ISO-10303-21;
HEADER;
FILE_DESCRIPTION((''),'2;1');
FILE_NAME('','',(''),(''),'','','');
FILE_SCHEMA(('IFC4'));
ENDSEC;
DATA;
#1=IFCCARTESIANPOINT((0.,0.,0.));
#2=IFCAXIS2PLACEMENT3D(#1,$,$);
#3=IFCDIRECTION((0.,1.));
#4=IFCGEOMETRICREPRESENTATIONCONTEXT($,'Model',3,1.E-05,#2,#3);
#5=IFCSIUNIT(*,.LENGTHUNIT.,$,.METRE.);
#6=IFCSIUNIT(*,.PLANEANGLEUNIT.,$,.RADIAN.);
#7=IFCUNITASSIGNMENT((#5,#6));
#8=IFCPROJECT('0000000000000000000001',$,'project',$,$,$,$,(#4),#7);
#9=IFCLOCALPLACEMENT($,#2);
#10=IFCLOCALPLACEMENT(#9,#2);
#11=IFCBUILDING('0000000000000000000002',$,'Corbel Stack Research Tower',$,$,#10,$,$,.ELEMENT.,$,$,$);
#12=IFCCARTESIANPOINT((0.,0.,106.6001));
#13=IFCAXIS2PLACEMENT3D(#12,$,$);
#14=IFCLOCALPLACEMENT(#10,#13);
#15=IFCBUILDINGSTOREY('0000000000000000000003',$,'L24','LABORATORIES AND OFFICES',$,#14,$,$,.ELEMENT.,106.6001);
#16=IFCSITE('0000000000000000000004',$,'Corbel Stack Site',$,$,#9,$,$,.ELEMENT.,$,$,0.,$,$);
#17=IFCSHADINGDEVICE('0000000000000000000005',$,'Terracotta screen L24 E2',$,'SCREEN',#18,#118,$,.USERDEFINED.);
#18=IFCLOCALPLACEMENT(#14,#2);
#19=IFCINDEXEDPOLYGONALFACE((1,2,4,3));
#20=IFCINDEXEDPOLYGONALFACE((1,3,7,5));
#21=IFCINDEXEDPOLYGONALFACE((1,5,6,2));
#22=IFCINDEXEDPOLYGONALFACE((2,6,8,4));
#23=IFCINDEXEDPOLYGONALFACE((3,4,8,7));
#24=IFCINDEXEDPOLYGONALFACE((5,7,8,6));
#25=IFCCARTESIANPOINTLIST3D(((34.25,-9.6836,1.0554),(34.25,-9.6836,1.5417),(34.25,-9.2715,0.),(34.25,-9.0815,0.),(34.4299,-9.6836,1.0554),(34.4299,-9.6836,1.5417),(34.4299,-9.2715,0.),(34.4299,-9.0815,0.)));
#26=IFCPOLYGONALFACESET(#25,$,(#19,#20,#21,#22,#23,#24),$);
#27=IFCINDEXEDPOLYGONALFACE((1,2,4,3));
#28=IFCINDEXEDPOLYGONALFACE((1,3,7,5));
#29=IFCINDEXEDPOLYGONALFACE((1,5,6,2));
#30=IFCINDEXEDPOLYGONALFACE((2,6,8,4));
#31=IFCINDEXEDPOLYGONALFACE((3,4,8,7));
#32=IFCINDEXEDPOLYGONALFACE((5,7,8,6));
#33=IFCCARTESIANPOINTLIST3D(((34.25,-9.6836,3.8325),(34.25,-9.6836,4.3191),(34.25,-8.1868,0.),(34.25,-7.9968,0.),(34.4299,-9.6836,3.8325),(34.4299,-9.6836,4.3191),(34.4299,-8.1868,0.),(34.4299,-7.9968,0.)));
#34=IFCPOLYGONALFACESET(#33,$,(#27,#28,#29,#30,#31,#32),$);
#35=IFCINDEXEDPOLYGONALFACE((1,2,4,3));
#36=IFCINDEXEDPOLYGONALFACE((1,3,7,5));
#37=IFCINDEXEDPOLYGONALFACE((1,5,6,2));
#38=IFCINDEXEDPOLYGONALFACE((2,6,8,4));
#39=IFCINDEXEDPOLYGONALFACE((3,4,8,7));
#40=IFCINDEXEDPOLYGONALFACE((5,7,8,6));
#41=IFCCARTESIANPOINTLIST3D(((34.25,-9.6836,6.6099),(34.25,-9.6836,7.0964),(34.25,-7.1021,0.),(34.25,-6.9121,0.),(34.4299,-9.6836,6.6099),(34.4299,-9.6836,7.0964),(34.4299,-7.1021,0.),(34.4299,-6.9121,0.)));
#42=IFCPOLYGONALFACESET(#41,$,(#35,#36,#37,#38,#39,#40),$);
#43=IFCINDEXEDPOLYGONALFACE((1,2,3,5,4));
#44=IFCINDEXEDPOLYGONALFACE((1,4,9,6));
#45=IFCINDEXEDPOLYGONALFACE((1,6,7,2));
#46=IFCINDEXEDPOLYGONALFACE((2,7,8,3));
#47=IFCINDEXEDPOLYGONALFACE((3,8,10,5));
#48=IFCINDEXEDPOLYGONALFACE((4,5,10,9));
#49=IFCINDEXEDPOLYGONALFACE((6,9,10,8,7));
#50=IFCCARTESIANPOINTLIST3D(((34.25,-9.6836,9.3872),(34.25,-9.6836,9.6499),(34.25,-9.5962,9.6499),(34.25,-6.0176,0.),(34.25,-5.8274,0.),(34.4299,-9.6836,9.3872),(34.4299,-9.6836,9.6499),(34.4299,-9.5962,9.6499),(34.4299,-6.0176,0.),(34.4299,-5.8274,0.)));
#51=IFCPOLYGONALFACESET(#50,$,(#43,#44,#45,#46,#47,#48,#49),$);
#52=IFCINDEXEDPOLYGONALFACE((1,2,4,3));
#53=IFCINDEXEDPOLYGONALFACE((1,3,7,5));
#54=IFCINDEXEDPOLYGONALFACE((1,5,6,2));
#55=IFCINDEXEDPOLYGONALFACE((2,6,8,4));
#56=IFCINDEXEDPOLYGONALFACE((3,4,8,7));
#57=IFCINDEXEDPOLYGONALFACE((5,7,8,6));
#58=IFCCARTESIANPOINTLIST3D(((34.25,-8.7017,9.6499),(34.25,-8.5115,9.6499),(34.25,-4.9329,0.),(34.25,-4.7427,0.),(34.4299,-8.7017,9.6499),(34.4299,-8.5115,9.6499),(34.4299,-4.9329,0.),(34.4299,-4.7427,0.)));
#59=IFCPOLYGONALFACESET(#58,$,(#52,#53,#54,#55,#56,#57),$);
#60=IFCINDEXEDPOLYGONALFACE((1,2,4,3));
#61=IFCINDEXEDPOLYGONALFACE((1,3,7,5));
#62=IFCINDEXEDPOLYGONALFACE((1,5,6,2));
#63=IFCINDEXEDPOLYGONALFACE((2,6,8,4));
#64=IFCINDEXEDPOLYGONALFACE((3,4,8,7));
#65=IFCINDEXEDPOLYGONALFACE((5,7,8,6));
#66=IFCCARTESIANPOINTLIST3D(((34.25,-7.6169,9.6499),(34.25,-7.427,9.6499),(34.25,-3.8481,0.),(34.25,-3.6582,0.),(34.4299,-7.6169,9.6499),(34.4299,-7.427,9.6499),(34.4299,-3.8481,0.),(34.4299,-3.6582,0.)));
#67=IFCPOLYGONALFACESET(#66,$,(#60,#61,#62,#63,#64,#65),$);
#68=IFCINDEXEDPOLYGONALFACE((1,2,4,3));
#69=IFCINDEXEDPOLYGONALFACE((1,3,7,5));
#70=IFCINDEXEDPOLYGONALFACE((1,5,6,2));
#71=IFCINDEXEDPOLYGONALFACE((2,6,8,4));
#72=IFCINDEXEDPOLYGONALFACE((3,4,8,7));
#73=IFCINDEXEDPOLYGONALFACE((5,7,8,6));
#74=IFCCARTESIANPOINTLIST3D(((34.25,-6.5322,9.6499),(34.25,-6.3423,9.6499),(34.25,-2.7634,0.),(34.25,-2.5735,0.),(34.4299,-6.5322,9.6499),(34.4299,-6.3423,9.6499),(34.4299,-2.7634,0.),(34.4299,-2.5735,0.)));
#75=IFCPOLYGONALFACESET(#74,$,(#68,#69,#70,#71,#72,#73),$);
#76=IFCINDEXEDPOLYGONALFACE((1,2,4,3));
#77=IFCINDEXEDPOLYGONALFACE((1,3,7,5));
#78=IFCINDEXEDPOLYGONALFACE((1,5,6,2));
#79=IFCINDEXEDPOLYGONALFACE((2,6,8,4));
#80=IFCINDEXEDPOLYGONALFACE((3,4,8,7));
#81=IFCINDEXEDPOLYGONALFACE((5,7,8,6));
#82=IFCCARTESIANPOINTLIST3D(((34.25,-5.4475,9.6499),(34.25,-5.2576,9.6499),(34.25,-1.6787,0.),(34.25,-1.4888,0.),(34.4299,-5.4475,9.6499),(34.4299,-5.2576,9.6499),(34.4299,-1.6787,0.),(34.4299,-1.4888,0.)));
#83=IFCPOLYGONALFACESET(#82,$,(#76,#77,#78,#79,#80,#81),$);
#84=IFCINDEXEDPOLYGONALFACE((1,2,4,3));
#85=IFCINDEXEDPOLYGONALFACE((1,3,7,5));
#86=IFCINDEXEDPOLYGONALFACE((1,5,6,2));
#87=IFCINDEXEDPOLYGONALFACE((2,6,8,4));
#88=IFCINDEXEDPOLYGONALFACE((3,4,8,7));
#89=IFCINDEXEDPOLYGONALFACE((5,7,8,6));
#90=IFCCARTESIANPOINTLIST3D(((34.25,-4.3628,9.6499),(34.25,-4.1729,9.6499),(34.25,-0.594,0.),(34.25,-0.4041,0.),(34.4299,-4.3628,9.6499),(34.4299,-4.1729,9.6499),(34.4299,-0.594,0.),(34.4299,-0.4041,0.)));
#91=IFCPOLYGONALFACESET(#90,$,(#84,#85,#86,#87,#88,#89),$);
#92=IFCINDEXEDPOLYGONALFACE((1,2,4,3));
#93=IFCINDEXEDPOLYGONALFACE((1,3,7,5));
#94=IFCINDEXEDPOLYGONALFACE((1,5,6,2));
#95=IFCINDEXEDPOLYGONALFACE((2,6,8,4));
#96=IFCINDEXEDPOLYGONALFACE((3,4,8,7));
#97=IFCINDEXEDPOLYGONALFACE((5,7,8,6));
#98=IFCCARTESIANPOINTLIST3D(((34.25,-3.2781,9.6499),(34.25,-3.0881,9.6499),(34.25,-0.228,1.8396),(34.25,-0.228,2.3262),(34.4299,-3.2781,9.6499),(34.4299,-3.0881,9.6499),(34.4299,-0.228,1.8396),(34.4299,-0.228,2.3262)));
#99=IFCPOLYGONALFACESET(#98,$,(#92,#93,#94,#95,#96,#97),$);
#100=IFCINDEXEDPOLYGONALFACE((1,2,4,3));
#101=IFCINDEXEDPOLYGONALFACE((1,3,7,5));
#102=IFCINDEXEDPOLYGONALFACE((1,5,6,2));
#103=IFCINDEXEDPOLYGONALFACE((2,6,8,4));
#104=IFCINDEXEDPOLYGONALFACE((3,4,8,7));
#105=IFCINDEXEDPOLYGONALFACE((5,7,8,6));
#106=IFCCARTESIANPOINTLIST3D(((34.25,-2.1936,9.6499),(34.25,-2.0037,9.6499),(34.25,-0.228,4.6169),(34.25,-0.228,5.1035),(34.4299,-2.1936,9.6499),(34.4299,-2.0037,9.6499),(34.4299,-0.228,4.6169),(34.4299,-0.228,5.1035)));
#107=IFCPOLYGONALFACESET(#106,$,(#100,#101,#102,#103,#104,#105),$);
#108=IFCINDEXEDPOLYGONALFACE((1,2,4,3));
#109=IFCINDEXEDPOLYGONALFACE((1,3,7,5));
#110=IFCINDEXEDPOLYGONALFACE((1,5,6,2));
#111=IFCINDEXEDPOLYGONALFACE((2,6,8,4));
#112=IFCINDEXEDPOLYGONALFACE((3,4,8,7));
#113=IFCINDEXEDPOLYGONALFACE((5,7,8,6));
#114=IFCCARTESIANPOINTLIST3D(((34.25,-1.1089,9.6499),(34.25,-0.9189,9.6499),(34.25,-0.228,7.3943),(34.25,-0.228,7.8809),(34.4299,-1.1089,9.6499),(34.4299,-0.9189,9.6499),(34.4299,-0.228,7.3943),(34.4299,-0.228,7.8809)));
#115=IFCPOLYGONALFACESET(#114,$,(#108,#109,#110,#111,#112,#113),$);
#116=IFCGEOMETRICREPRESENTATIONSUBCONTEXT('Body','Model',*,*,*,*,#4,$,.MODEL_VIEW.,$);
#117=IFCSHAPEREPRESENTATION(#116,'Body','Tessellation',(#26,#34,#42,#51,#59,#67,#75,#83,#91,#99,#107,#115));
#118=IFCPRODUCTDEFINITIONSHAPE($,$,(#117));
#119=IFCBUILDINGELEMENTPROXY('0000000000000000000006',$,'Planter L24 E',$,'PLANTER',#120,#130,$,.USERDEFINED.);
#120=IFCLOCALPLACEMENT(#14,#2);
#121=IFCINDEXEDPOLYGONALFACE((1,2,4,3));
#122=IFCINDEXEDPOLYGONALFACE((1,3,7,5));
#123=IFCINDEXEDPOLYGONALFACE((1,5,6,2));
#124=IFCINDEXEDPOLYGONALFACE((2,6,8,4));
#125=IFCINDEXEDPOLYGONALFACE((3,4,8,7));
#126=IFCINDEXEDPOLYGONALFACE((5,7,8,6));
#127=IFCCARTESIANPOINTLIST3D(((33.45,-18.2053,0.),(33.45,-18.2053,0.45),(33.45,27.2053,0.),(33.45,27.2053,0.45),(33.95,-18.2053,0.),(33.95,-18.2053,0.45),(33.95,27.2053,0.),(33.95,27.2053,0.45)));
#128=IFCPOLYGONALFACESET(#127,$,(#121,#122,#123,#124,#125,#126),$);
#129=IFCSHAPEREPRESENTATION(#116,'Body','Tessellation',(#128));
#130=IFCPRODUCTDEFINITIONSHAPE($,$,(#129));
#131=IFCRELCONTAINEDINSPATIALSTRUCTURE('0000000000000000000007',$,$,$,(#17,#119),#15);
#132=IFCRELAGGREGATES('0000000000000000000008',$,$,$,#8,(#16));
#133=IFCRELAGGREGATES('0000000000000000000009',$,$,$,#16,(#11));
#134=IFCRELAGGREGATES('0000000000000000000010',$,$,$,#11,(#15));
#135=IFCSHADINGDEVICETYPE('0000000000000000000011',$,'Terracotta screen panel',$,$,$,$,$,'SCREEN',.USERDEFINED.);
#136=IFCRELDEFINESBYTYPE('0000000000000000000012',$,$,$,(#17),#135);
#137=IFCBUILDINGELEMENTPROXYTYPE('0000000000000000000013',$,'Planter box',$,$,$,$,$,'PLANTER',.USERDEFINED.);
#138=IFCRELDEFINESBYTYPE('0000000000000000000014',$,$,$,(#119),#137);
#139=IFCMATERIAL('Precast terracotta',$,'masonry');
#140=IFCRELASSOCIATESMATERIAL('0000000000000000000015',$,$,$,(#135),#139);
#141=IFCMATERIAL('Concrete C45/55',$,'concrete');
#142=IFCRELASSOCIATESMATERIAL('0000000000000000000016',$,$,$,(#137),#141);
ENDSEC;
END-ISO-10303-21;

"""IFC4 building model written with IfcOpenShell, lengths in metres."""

from ifc_helpers import new_model, si_unit, direction, frame, origin, origin_2d, place, context, subcontext, project, spatial, polyline, rectangle, outline, extrude, source, transform, mapped, material, type_object, element, save


model = new_model("IFC4")

# Units and contexts
model_context = context("Model", 3, precision=1e-05, world=origin(), true_north=direction((0.0, 1.0)))
body_context = subcontext(model_context, "Body", "Model", "MODEL_VIEW")
ifc_project = project(units=[si_unit("LENGTHUNIT", "METRE"), si_unit("PLANEANGLEUNIT", "RADIAN")], contexts=[model_context])

# Site, building, storey
site_placement = place(None, origin())
site = spatial("IfcSite", under=ifc_project, at=site_placement, Name="Corbel Stack Site", CompositionType="ELEMENT", RefElevation=0.0)
building_placement = place(site_placement, origin())
building = spatial("IfcBuilding", under=site, at=building_placement, Name="Corbel Stack Research Tower", CompositionType="ELEMENT")
storey_placement = place(building_placement, frame((0.0, 0.0, 106.6001)))
storey = spatial("IfcBuildingStorey", under=building, at=storey_placement, Name="L24", Description="LABORATORIES AND OFFICES", CompositionType="ELEMENT", Elevation=106.6001)

# Shading device
ifc_material_1 = material(Name="Precast terracotta", Category="masonry")
shading_device_type = type_object("IfcShadingDeviceType", Name="Terracotta screen panel", ElementType="SCREEN", PredefinedType="USERDEFINED", material=ifc_material_1)
shared_shape_1 = source(origin(), body_context, "Body", "SweptSolid", [
    extrude(outline(polyline([(0.6021, 0.0), (0.0, 1.5417), (0.0, 1.0554), (0.4121, 0.0), (0.6021, 0.0)])), frame((0.0, 0.0, 0.0), z_axis=(0.0, -1.0, 0.0), x_axis=(1.0, 0.0, 0.0)), (0.0, 0.0, 1.0), 0.1799),
    extrude(outline(polyline([(1.6868, 0.0), (0.0, 4.3191), (0.0, 3.8325), (1.4968, 0.0), (1.6868, 0.0)])), frame((0.0, 0.0, 0.0), z_axis=(0.0, -1.0, 0.0), x_axis=(1.0, 0.0, 0.0)), (0.0, 0.0, 1.0), 0.1799),
    extrude(outline(polyline([(2.7715, 0.0), (0.0, 7.0964), (0.0, 6.6099), (2.5815, 0.0), (2.7715, 0.0)])), frame((0.0, 0.0, 0.0), z_axis=(0.0, -1.0, 0.0), x_axis=(1.0, 0.0, 0.0)), (0.0, 0.0, 1.0), 0.1799),
    extrude(outline(polyline([(3.8562, 0.0), (0.0874, 9.6499), (0.0, 9.6499), (0.0, 9.3872), (3.666, 0.0), (3.8562, 0.0)])), frame((0.0, 0.0, 0.0), z_axis=(0.0, -1.0, 0.0), x_axis=(1.0, 0.0, 0.0)), (0.0, 0.0, 1.0), 0.1799),
    extrude(outline(polyline([(4.9409, 0.0), (1.1721, 9.6499), (0.9819, 9.6499), (4.7507, 0.0), (4.9409, 0.0)])), frame((0.0, 0.0, 0.0), z_axis=(0.0, -1.0, 0.0), x_axis=(1.0, 0.0, 0.0)), (0.0, 0.0, 1.0), 0.1799),
    extrude(outline(polyline([(6.0254, 0.0), (2.2566, 9.6499), (2.0667, 9.6499), (5.8354, 0.0), (6.0254, 0.0)])), frame((0.0, 0.0, 0.0), z_axis=(0.0, -1.0, 0.0), x_axis=(1.0, 0.0, 0.0)), (0.0, 0.0, 1.0), 0.1799),
    extrude(outline(polyline([(7.1101, 0.0), (3.3413, 9.6499), (3.1514, 9.6499), (6.9202, 0.0), (7.1101, 0.0)])), frame((0.0, 0.0, 0.0), z_axis=(0.0, -1.0, 0.0), x_axis=(1.0, 0.0, 0.0)), (0.0, 0.0, 1.0), 0.1799),
    extrude(outline(polyline([(8.1948, 0.0), (4.426, 9.6499), (4.2361, 9.6499), (8.0049, 0.0), (8.1948, 0.0)])), frame((0.0, 0.0, 0.0), z_axis=(0.0, -1.0, 0.0), x_axis=(1.0, 0.0, 0.0)), (0.0, 0.0, 1.0), 0.1799),
    extrude(outline(polyline([(9.2795, 0.0), (5.5107, 9.6499), (5.3208, 9.6499), (9.0896, 0.0), (9.2795, 0.0)])), frame((0.0, 0.0, 0.0), z_axis=(0.0, -1.0, 0.0), x_axis=(1.0, 0.0, 0.0)), (0.0, 0.0, 1.0), 0.1799),
    extrude(outline(polyline([(6.5955, 9.6499), (6.4055, 9.6499), (9.4556, 1.8396), (9.4556, 2.3262), (6.5955, 9.6499)])), frame((0.0, 0.0, 0.0), z_axis=(0.0, -1.0, 0.0), x_axis=(1.0, 0.0, 0.0)), (0.0, 0.0, 1.0), 0.1799),
    extrude(outline(polyline([(7.6799, 9.6499), (7.49, 9.6499), (9.4556, 4.6169), (9.4556, 5.1035), (7.6799, 9.6499)])), frame((0.0, 0.0, 0.0), z_axis=(0.0, -1.0, 0.0), x_axis=(1.0, 0.0, 0.0)), (0.0, 0.0, 1.0), 0.1799),
    extrude(outline(polyline([(8.7646, 9.6499), (8.5747, 9.6499), (9.4556, 7.3943), (9.4556, 7.8809), (8.7646, 9.6499)])), frame((0.0, 0.0, 0.0), z_axis=(0.0, -1.0, 0.0), x_axis=(1.0, 0.0, 0.0)), (0.0, 0.0, 1.0), 0.1799),
])
shading_device_1_placement = place(storey_placement, frame((34.25, -9.6836, 0.0), z_axis=(0.0, 0.0, 1.0), x_axis=(0.0, 1.0, 0.0)))
element("IfcShadingDevice", 1, at=shading_device_1_placement, inside=storey, type_object=shading_device_type, Name="Terracotta screen L24 E2", ObjectType="SCREEN", PredefinedType="USERDEFINED", context=body_context, shape_type="MappedRepresentation", body=[
    mapped(shared_shape_1, transform((0.0, 0.0, 0.0))),
])

# Building element proxy
ifc_material_2 = material(Name="Concrete C45/55", Category="concrete")
building_element_proxy_type = type_object("IfcBuildingElementProxyType", Name="Planter box", ElementType="PLANTER", PredefinedType="USERDEFINED", material=ifc_material_2)
proxy_placement = place(storey_placement, frame((33.7, 4.5, 0.0), z_axis=(0.0, 0.0, 1.0), x_axis=(0.0, 1.0, 0.0)))
element("IfcBuildingElementProxy", 2, at=proxy_placement, inside=storey, type_object=building_element_proxy_type, Name="Planter L24 E", ObjectType="PLANTER", PredefinedType="USERDEFINED", context=body_context, shape_type="SweptSolid", body=[
    extrude(rectangle(XDim=45.4106, YDim=0.5, at=origin_2d()), origin(), (0.0, 0.0, 1.0), 0.45),
])

save(model, "model.ifc")
